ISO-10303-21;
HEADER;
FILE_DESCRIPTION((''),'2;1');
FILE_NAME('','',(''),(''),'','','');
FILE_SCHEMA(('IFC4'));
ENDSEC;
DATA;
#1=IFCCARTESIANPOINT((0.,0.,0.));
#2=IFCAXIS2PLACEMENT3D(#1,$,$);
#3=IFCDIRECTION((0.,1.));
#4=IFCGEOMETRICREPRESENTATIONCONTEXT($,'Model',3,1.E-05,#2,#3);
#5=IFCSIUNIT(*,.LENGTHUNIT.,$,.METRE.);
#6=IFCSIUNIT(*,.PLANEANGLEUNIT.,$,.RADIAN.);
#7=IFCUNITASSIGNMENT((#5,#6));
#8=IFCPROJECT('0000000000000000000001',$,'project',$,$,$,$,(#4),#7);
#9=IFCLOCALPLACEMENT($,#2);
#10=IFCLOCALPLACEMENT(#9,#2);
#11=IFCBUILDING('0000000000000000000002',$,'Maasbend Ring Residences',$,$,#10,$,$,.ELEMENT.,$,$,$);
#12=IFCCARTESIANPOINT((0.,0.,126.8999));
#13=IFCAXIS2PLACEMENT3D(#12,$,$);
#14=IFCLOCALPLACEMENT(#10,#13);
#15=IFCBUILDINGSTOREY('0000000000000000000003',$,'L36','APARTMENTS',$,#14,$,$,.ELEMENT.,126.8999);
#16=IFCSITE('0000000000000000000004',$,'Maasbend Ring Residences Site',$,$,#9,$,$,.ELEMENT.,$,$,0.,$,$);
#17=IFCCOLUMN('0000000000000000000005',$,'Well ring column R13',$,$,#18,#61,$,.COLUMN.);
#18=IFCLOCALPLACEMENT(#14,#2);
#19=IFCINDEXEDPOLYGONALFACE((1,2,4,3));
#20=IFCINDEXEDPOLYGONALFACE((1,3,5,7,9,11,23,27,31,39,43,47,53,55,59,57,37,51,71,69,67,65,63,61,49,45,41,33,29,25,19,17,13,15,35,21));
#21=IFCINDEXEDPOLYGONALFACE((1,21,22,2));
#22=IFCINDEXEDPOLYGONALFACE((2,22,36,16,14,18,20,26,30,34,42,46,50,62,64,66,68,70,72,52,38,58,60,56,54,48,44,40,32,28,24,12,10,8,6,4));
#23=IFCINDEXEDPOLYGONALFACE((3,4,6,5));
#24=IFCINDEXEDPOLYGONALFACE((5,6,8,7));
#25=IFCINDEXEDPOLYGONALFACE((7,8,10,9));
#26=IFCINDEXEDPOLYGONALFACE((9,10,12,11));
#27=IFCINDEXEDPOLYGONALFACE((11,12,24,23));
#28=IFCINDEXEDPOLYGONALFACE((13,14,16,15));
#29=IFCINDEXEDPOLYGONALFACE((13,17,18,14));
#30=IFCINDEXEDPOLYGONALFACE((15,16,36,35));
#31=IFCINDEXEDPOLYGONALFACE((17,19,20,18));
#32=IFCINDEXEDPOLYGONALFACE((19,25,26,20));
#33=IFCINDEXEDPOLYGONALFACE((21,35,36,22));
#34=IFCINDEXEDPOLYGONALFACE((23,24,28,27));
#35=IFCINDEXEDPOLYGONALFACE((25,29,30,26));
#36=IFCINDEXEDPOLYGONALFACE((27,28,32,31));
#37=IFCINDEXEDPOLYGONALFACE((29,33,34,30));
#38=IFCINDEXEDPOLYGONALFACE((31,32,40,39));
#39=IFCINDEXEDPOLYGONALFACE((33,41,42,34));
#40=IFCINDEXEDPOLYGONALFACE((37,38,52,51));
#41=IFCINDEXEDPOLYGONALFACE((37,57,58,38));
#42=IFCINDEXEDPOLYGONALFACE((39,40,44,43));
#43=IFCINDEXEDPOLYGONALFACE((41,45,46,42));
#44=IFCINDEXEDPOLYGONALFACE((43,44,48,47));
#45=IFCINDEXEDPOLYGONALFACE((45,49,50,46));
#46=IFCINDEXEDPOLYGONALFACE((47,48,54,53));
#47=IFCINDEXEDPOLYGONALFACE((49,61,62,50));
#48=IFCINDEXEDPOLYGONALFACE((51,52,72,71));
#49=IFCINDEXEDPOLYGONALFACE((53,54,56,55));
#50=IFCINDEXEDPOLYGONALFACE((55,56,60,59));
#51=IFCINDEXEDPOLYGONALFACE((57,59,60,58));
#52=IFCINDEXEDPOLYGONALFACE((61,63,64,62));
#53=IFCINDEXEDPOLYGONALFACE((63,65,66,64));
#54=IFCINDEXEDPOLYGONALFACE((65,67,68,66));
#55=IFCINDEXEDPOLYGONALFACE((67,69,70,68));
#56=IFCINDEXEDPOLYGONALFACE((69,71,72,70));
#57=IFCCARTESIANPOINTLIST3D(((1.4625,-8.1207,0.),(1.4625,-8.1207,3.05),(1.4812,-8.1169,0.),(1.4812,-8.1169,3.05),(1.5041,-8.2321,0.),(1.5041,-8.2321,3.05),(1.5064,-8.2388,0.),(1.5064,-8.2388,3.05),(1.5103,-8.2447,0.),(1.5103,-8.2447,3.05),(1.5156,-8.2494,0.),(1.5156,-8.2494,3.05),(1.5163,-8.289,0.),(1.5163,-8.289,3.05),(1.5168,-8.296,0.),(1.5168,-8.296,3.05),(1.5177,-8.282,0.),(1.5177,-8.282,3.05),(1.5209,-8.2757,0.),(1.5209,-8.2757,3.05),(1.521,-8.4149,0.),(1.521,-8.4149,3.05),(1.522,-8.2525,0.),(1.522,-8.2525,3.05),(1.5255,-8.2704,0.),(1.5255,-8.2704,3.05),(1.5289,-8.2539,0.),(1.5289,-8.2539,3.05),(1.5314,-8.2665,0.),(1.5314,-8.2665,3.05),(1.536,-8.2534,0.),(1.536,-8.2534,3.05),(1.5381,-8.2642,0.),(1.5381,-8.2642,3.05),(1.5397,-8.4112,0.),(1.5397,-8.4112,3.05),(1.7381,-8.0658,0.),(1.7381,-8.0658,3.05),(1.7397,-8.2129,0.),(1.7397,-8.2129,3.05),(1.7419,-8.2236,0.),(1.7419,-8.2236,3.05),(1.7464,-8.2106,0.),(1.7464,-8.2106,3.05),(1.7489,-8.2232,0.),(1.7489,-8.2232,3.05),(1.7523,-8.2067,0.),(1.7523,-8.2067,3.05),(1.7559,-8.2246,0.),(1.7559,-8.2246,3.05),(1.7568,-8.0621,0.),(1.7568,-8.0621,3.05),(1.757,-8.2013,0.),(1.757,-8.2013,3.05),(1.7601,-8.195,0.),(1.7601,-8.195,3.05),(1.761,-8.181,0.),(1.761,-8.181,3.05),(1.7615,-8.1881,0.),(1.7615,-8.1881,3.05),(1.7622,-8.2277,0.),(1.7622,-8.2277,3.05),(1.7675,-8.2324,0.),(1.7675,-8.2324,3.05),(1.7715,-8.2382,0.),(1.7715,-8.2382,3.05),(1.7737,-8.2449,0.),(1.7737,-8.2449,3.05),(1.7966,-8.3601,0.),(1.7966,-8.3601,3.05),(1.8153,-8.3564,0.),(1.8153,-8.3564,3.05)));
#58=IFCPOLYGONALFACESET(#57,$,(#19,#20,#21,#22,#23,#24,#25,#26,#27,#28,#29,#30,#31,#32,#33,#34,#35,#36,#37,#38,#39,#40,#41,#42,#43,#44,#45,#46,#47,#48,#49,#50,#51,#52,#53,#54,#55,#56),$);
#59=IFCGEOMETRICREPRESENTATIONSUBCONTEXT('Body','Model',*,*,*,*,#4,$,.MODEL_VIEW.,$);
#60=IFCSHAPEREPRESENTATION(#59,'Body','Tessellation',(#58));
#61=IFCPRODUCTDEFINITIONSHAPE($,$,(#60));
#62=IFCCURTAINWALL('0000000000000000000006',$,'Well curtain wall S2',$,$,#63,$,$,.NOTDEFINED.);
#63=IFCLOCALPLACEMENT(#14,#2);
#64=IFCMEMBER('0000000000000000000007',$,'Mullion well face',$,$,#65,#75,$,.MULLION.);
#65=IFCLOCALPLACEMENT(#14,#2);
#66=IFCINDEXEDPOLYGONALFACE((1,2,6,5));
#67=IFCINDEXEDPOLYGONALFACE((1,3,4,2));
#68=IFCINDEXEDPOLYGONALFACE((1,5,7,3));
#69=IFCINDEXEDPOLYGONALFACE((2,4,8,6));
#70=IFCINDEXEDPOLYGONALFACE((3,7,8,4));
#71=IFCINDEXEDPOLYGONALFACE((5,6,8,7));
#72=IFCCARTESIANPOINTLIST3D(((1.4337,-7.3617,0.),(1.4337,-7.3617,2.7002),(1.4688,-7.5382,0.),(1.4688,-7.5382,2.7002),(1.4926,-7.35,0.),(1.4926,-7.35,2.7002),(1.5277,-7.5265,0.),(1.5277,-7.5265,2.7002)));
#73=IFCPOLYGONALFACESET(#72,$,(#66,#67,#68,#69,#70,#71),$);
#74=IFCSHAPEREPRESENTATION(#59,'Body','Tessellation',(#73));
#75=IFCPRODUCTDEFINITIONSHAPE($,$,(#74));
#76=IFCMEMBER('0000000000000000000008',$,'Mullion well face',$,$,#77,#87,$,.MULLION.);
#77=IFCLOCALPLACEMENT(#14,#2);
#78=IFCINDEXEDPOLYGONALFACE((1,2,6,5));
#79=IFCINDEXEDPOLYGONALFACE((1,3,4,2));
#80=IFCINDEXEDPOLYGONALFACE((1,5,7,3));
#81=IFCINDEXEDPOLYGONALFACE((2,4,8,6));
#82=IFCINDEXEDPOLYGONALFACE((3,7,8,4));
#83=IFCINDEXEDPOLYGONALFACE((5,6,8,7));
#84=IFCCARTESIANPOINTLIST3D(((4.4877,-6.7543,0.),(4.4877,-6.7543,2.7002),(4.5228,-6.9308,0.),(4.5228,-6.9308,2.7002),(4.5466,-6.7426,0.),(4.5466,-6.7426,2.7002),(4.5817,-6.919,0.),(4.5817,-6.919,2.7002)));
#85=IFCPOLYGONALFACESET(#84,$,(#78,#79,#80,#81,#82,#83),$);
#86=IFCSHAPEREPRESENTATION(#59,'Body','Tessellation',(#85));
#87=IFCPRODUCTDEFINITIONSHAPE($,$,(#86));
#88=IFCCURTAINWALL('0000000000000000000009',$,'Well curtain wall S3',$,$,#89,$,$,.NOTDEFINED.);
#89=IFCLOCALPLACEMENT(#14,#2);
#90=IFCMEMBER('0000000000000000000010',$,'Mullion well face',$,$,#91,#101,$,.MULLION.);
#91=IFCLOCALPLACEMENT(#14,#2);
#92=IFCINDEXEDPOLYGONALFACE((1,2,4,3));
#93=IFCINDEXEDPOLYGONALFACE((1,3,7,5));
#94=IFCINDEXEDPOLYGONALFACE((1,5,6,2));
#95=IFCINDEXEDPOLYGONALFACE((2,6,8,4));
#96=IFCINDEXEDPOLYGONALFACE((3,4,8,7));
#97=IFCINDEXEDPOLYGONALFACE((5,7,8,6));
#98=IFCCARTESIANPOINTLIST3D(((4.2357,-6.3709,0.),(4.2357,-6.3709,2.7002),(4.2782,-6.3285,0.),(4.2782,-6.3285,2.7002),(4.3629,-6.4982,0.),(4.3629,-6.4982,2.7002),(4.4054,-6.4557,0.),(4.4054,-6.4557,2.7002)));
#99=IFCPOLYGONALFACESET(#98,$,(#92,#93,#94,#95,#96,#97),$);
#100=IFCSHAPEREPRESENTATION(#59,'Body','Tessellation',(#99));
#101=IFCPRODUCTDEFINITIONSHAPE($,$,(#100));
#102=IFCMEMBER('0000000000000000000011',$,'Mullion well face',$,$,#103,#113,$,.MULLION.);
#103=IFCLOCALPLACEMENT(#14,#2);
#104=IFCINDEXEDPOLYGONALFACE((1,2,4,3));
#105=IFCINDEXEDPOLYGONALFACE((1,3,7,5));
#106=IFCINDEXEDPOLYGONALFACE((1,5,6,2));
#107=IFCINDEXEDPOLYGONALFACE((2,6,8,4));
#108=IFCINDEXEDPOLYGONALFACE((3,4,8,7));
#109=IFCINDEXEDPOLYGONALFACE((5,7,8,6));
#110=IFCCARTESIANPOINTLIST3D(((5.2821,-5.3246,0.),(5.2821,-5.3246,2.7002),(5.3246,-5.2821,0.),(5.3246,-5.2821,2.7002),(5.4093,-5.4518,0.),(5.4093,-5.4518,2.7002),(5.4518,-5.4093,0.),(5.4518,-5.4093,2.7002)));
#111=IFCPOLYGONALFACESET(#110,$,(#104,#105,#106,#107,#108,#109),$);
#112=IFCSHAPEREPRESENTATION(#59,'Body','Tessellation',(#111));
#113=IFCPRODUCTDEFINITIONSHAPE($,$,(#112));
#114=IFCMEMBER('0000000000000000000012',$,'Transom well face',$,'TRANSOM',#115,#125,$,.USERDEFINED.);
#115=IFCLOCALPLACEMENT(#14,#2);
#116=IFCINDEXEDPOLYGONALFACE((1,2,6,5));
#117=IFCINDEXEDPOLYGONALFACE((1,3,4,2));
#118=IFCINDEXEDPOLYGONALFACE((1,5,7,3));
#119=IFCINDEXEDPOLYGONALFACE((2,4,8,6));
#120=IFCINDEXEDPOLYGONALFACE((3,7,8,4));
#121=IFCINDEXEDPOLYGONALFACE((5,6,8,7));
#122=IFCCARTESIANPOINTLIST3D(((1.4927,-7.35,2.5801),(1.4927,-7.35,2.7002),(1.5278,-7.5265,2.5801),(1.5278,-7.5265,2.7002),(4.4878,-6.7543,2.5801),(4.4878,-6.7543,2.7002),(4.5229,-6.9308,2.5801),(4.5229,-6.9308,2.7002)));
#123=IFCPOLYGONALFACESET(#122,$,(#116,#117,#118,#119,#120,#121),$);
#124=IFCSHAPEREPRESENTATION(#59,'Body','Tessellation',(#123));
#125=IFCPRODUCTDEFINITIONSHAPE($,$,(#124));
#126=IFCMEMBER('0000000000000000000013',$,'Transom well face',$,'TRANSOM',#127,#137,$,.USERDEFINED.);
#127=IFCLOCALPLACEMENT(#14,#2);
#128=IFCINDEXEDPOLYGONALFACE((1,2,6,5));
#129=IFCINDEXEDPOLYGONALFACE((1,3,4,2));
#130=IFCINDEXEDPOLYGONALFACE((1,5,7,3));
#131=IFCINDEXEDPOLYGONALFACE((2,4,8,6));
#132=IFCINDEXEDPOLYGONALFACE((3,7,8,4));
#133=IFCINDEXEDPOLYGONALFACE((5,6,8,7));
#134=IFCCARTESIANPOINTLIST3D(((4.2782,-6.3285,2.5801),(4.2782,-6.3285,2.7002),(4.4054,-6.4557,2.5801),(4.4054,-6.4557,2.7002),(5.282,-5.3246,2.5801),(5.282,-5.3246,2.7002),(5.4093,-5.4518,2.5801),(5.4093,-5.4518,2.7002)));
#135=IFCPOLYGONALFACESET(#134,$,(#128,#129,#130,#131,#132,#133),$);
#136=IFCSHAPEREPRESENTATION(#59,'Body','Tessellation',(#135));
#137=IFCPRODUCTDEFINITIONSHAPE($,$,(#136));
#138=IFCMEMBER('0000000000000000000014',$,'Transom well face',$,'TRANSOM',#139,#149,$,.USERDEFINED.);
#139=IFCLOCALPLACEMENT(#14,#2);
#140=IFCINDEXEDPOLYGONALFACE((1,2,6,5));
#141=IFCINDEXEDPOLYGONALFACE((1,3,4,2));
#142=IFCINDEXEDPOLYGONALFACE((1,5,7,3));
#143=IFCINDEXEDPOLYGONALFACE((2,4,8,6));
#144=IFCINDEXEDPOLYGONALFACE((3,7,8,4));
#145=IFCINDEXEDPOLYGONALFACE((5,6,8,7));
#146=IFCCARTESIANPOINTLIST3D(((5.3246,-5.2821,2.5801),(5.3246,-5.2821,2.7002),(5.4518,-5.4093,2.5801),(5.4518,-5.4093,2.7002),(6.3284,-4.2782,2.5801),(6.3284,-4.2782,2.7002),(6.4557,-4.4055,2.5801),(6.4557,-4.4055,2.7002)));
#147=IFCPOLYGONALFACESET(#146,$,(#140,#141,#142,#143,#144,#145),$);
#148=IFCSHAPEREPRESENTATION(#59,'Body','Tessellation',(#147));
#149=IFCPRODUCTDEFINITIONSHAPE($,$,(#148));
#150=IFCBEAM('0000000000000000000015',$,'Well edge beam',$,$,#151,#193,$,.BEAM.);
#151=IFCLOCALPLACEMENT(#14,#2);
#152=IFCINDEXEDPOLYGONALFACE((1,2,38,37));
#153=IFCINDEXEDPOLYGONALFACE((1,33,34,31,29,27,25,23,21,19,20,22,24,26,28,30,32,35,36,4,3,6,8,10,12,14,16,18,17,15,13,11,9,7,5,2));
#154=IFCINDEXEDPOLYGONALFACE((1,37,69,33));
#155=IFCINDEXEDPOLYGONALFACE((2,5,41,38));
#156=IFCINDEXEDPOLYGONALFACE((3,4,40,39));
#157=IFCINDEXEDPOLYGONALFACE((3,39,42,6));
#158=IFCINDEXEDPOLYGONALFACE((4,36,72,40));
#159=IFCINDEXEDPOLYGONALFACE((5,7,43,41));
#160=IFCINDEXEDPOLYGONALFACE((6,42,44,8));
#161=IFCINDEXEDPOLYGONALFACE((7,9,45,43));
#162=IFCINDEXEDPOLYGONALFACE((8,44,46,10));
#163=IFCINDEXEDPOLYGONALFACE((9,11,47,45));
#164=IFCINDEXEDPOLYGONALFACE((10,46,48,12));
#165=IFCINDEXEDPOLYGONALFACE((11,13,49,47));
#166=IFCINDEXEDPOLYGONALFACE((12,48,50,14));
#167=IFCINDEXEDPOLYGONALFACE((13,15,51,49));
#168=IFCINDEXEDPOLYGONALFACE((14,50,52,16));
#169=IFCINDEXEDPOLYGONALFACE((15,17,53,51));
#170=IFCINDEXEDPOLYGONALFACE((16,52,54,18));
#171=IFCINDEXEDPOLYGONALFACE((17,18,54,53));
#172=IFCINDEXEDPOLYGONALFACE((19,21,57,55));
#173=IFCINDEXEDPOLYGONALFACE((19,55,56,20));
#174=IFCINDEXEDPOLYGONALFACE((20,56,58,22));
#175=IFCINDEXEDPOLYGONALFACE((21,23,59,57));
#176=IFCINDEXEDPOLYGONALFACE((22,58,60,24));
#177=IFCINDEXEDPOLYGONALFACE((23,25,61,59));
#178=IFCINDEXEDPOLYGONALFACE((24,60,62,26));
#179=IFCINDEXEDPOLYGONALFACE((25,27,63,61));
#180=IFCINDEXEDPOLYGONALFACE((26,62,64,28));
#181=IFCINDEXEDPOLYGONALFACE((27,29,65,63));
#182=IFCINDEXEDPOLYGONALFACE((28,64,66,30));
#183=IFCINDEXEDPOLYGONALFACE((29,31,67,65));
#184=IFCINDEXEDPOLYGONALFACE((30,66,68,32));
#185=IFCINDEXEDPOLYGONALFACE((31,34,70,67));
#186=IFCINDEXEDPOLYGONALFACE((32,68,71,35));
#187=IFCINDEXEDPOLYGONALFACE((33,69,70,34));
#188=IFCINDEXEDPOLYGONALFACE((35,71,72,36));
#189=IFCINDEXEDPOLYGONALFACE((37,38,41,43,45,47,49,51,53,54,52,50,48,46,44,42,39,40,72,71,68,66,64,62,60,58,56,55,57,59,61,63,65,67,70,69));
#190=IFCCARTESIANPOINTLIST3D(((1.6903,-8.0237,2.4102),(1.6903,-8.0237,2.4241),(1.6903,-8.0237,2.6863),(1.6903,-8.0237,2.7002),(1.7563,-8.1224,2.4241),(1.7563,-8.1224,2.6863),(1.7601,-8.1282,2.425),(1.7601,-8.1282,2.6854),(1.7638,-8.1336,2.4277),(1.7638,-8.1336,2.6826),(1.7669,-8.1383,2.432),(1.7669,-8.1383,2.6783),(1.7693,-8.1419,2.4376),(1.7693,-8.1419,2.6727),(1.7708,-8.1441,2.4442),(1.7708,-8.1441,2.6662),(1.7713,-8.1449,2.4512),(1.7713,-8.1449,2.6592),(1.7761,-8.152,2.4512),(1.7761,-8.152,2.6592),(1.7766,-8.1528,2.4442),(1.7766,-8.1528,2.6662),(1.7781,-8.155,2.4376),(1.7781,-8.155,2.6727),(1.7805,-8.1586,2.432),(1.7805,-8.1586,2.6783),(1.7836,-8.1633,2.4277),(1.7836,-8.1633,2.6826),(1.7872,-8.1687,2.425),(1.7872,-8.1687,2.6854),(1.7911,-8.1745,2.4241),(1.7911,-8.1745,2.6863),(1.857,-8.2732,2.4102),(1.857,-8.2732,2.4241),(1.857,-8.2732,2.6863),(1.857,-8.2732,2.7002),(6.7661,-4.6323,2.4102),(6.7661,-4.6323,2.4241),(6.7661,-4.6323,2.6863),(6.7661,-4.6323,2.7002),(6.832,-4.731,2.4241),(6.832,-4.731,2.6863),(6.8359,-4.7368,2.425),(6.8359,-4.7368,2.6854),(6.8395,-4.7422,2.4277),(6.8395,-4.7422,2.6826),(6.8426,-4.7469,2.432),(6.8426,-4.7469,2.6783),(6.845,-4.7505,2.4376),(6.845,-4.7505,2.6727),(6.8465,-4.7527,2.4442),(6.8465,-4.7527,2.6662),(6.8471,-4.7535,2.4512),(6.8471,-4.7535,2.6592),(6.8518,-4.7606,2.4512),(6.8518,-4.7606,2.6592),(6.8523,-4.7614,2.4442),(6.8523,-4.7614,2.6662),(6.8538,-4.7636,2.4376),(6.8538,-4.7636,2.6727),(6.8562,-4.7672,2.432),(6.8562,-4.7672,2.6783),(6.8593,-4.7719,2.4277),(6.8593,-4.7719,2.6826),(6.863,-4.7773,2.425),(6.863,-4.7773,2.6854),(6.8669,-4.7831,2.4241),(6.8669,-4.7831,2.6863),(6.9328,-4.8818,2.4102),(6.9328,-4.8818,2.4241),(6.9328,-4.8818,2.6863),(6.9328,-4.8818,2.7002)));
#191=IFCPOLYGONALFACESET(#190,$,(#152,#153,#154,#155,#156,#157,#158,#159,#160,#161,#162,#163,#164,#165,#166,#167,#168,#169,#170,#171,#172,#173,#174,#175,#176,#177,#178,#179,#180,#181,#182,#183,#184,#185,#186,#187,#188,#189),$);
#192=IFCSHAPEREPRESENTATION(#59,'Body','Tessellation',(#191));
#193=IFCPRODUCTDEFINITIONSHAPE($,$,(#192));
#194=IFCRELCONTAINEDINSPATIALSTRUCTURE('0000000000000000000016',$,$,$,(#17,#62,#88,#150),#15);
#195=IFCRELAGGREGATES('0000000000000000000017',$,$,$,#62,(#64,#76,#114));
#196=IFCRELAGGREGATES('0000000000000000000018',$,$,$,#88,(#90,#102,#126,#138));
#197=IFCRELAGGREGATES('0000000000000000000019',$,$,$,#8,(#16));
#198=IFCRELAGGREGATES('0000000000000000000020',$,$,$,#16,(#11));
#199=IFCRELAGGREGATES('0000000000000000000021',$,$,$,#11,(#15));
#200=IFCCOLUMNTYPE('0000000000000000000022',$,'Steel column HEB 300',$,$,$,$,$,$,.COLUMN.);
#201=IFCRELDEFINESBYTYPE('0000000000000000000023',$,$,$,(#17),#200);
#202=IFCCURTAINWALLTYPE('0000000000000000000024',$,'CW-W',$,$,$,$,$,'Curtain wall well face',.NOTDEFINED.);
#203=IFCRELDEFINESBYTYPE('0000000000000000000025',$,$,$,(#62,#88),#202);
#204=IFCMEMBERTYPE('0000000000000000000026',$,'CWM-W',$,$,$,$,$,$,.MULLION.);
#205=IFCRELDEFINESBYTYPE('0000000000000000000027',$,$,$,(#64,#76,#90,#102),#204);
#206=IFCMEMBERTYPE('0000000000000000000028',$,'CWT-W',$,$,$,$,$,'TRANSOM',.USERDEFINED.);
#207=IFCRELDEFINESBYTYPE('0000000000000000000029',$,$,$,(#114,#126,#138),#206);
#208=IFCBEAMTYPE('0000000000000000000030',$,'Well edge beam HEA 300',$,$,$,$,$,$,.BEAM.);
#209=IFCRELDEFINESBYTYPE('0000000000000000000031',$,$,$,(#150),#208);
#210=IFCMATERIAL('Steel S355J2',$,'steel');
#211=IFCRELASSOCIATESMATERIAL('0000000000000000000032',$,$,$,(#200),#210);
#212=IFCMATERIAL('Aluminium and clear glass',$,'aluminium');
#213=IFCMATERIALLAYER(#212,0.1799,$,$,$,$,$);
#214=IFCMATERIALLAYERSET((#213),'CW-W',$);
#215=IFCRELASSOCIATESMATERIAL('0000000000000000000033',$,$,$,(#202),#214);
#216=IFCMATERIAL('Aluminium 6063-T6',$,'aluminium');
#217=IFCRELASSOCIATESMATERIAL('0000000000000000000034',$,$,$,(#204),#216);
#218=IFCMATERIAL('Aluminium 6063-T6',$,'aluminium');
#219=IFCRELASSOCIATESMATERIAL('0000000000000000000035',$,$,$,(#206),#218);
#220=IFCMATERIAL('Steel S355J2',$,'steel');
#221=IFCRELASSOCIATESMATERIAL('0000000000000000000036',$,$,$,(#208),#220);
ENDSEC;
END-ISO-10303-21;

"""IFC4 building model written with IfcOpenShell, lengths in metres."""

from ifc_helpers import new_model, si_unit, direction, frame, origin, origin_2d, place, context, subcontext, project, spatial, rectangle, i_section, extrude, material, layer, layer_set, material_profile, profile_set, type_object, element, aggregate, save


model = new_model("IFC4")

# Units and contexts
model_context = context("Model", 3, precision=1e-05, world=origin(), true_north=direction((0.0, 1.0)))
body_context = subcontext(model_context, "Body", "Model", "MODEL_VIEW")
ifc_project = project(units=[si_unit("LENGTHUNIT", "METRE"), si_unit("PLANEANGLEUNIT", "RADIAN")], contexts=[model_context])

# Site, building, storey
site_placement = place(None, origin())
site = spatial("IfcSite", under=ifc_project, at=site_placement, Name="Maasbend Ring Residences Site", CompositionType="ELEMENT", RefElevation=0.0)
building_placement = place(site_placement, origin())
building = spatial("IfcBuilding", under=site, at=building_placement, Name="Maasbend Ring Residences", CompositionType="ELEMENT")
storey_placement = place(building_placement, frame((0.0, 0.0, 126.8999)))
storey = spatial("IfcBuildingStorey", under=building, at=storey_placement, Name="L36", Description="APARTMENTS", CompositionType="ELEMENT", Elevation=126.8999)

# Column
ifc_material_1 = material(Name="Steel S355J2", Category="steel")
ifc_material_profile_1 = material_profile(ifc_material_1, i_section(OverallWidth=0.3, OverallDepth=0.3, WebThickness=0.011, FlangeThickness=0.019, FilletRadius=0.0271, at=origin_2d()), Name="HEB 300")
ifc_profile_set_1 = profile_set([ifc_material_profile_1], Name="Steel S355J2")
column_type = type_object("IfcColumnType", Name="Steel column HEB 300", PredefinedType="COLUMN", material=ifc_profile_set_1)
column_placement = place(storey_placement, frame((1.6389, -8.2385, 0.0), z_axis=(0.0, 0.0, 1.0), x_axis=(0.19509, -0.980785, 0.0)))
element("IfcColumn", 1, at=column_placement, inside=storey, type_object=column_type, Name="Well ring column R13", PredefinedType="COLUMN", context=body_context, shape_type="SweptSolid", body=[
    extrude(i_section(OverallWidth=0.3, OverallDepth=0.3, WebThickness=0.011, FlangeThickness=0.019, FilletRadius=0.0271, at=origin_2d()), origin(), (0.0, 0.0, 1.0), 3.05),
])

# Curtain walls, members
ifc_material_2 = material(Name="Aluminium and clear glass", Category="aluminium")
ifc_layer_1 = layer(ifc_material_2, 0.1799)
ifc_layer_set_1 = layer_set([ifc_layer_1], Name="CW-W")
curtain_wall_type = type_object("IfcCurtainWallType", Name="CW-W", ElementType="Curtain wall well face", PredefinedType="NOTDEFINED", material=ifc_layer_set_1)
curtain_wall_1_placement = place(storey_placement, origin())
curtain_wall_1 = element("IfcCurtainWall", 2, at=curtain_wall_1_placement, inside=storey, type_object=curtain_wall_type, Name="Well curtain wall S2", PredefinedType="NOTDEFINED")
ifc_material_3 = material(Name="Aluminium 6063-T6", Category="aluminium")
ifc_material_profile_2 = material_profile(ifc_material_3, rectangle(XDim=0.1799, YDim=0.0601, at=origin_2d()), Name="AL 180x60")
ifc_profile_set_2 = profile_set([ifc_material_profile_2], Name="Aluminium 6063-T6")
member_type_1 = type_object("IfcMemberType", Name="CWM-W", PredefinedType="MULLION", material=ifc_profile_set_2)
member_1_placement = place(storey_placement, frame((1.4807, -7.4441, 0.0), z_axis=(0.0, 0.0, 1.0), x_axis=(-0.19509, 0.980785, 0.0)))
member_1 = element("IfcMember", 3, at=member_1_placement, type_object=member_type_1, Name="Mullion well face", PredefinedType="MULLION", context=body_context, shape_type="SweptSolid", body=[
    extrude(rectangle(XDim=0.1799, YDim=0.0601, at=origin_2d()), origin(), (0.0, 0.0, 1.0), 2.7002),
])
member_2_placement = place(storey_placement, frame((4.5347, -6.8367, 0.0), z_axis=(0.0, 0.0, 1.0), x_axis=(-0.19509, 0.980785, 0.0)))
member_2 = element("IfcMember", 4, at=member_2_placement, type_object=member_type_1, Name="Mullion well face", PredefinedType="MULLION", context=body_context, shape_type="SweptSolid", body=[
    extrude(rectangle(XDim=0.1799, YDim=0.0601, at=origin_2d()), origin(), (0.0, 0.0, 1.0), 2.7002),
])
curtain_wall_2_placement = place(storey_placement, origin())
curtain_wall_2 = element("IfcCurtainWall", 5, at=curtain_wall_2_placement, inside=storey, type_object=curtain_wall_type, Name="Well curtain wall S3", PredefinedType="NOTDEFINED")
member_3_placement = place(storey_placement, frame((4.3206, -6.4133, 0.0), z_axis=(0.0, 0.0, 1.0), x_axis=(-0.707107, 0.707107, 0.0)))
member_3 = element("IfcMember", 6, at=member_3_placement, type_object=member_type_1, Name="Mullion well face", PredefinedType="MULLION", context=body_context, shape_type="SweptSolid", body=[
    extrude(rectangle(XDim=0.1799, YDim=0.0601, at=origin_2d()), origin(), (0.0, 0.0, 1.0), 2.7002),
])
member_4_placement = place(storey_placement, frame((5.3669, -5.3669, 0.0), z_axis=(0.0, 0.0, 1.0), x_axis=(-0.707107, 0.707107, 0.0)))
member_4 = element("IfcMember", 7, at=member_4_placement, type_object=member_type_1, Name="Mullion well face", PredefinedType="MULLION", context=body_context, shape_type="SweptSolid", body=[
    extrude(rectangle(XDim=0.1799, YDim=0.0601, at=origin_2d()), origin(), (0.0, 0.0, 1.0), 2.7002),
])

# Members
ifc_material_4 = material(Name="Aluminium 6063-T6", Category="aluminium")
ifc_material_profile_3 = material_profile(ifc_material_4, rectangle(XDim=0.1799, YDim=0.1201, at=origin_2d()), Name="AL 180x120")
ifc_profile_set_3 = profile_set([ifc_material_profile_3], Name="Aluminium 6063-T6")
member_type_2 = type_object("IfcMemberType", Name="CWT-W", ElementType="TRANSOM", PredefinedType="USERDEFINED", material=ifc_profile_set_3)
member_5_placement = place(storey_placement, frame((1.5103, -7.4382, 2.6401), z_axis=(0.980789, 0.195071, 0.0), x_axis=(-0.195071, 0.980789, 0.0)))
member_5 = element("IfcMember", 8, at=member_5_placement, type_object=member_type_2, Name="Transom well face", ObjectType="TRANSOM", PredefinedType="USERDEFINED", context=body_context, shape_type="SweptSolid", body=[
    extrude(rectangle(XDim=0.1799, YDim=0.1201, at=origin_2d()), origin(), (0.0, 0.0, 1.0), 3.0537),
])
member_6_placement = place(storey_placement, frame((4.3418, -6.3921, 2.6401), z_axis=(0.707107, 0.707107, 0.0), x_axis=(-0.707107, 0.707107, 0.0)))
member_6 = element("IfcMember", 9, at=member_6_placement, type_object=member_type_2, Name="Transom well face", ObjectType="TRANSOM", PredefinedType="USERDEFINED", context=body_context, shape_type="SweptSolid", body=[
    extrude(rectangle(XDim=0.1799, YDim=0.1201, at=origin_2d()), origin(), (0.0, 0.0, 1.0), 1.4197),
])
member_7_placement = place(storey_placement, frame((5.3882, -5.3457, 2.6401), z_axis=(0.707107, 0.707107, 0.0), x_axis=(-0.707107, 0.707107, 0.0)))
member_7 = element("IfcMember", 10, at=member_7_placement, type_object=member_type_2, Name="Transom well face", ObjectType="TRANSOM", PredefinedType="USERDEFINED", context=body_context, shape_type="SweptSolid", body=[
    extrude(rectangle(XDim=0.1799, YDim=0.1201, at=origin_2d()), origin(), (0.0, 0.0, 1.0), 1.4197),
])

# Beam
ifc_material_5 = material(Name="Steel S355J2", Category="steel")
ifc_material_profile_4 = material_profile(ifc_material_5, i_section(OverallWidth=0.3, OverallDepth=0.29, WebThickness=0.0085, FlangeThickness=0.0139, FilletRadius=0.0271, at=origin_2d()), Name="HEA 300")
ifc_profile_set_4 = profile_set([ifc_material_profile_4], Name="Steel S355J2")
beam_type = type_object("IfcBeamType", Name="Well edge beam HEA 300", PredefinedType="BEAM", material=ifc_profile_set_4)
beam_placement = place(storey_placement, frame((1.7737, -8.1484, 2.5552), z_axis=(0.831478, 0.555558, 0.0), x_axis=(-0.555558, 0.831478, 0.0)))
element("IfcBeam", 11, at=beam_placement, inside=storey, type_object=beam_type, Name="Well edge beam", PredefinedType="BEAM", context=body_context, shape_type="SweptSolid", body=[
    extrude(i_section(OverallWidth=0.3, OverallDepth=0.29, WebThickness=0.0085, FlangeThickness=0.0139, FilletRadius=0.0271, at=origin_2d()), origin(), (0.0, 0.0, 1.0), 6.1045),
])

aggregate(curtain_wall_1, [member_1, member_2, member_5])
aggregate(curtain_wall_2, [member_3, member_4, member_6, member_7])

save(model, "model.ifc")
